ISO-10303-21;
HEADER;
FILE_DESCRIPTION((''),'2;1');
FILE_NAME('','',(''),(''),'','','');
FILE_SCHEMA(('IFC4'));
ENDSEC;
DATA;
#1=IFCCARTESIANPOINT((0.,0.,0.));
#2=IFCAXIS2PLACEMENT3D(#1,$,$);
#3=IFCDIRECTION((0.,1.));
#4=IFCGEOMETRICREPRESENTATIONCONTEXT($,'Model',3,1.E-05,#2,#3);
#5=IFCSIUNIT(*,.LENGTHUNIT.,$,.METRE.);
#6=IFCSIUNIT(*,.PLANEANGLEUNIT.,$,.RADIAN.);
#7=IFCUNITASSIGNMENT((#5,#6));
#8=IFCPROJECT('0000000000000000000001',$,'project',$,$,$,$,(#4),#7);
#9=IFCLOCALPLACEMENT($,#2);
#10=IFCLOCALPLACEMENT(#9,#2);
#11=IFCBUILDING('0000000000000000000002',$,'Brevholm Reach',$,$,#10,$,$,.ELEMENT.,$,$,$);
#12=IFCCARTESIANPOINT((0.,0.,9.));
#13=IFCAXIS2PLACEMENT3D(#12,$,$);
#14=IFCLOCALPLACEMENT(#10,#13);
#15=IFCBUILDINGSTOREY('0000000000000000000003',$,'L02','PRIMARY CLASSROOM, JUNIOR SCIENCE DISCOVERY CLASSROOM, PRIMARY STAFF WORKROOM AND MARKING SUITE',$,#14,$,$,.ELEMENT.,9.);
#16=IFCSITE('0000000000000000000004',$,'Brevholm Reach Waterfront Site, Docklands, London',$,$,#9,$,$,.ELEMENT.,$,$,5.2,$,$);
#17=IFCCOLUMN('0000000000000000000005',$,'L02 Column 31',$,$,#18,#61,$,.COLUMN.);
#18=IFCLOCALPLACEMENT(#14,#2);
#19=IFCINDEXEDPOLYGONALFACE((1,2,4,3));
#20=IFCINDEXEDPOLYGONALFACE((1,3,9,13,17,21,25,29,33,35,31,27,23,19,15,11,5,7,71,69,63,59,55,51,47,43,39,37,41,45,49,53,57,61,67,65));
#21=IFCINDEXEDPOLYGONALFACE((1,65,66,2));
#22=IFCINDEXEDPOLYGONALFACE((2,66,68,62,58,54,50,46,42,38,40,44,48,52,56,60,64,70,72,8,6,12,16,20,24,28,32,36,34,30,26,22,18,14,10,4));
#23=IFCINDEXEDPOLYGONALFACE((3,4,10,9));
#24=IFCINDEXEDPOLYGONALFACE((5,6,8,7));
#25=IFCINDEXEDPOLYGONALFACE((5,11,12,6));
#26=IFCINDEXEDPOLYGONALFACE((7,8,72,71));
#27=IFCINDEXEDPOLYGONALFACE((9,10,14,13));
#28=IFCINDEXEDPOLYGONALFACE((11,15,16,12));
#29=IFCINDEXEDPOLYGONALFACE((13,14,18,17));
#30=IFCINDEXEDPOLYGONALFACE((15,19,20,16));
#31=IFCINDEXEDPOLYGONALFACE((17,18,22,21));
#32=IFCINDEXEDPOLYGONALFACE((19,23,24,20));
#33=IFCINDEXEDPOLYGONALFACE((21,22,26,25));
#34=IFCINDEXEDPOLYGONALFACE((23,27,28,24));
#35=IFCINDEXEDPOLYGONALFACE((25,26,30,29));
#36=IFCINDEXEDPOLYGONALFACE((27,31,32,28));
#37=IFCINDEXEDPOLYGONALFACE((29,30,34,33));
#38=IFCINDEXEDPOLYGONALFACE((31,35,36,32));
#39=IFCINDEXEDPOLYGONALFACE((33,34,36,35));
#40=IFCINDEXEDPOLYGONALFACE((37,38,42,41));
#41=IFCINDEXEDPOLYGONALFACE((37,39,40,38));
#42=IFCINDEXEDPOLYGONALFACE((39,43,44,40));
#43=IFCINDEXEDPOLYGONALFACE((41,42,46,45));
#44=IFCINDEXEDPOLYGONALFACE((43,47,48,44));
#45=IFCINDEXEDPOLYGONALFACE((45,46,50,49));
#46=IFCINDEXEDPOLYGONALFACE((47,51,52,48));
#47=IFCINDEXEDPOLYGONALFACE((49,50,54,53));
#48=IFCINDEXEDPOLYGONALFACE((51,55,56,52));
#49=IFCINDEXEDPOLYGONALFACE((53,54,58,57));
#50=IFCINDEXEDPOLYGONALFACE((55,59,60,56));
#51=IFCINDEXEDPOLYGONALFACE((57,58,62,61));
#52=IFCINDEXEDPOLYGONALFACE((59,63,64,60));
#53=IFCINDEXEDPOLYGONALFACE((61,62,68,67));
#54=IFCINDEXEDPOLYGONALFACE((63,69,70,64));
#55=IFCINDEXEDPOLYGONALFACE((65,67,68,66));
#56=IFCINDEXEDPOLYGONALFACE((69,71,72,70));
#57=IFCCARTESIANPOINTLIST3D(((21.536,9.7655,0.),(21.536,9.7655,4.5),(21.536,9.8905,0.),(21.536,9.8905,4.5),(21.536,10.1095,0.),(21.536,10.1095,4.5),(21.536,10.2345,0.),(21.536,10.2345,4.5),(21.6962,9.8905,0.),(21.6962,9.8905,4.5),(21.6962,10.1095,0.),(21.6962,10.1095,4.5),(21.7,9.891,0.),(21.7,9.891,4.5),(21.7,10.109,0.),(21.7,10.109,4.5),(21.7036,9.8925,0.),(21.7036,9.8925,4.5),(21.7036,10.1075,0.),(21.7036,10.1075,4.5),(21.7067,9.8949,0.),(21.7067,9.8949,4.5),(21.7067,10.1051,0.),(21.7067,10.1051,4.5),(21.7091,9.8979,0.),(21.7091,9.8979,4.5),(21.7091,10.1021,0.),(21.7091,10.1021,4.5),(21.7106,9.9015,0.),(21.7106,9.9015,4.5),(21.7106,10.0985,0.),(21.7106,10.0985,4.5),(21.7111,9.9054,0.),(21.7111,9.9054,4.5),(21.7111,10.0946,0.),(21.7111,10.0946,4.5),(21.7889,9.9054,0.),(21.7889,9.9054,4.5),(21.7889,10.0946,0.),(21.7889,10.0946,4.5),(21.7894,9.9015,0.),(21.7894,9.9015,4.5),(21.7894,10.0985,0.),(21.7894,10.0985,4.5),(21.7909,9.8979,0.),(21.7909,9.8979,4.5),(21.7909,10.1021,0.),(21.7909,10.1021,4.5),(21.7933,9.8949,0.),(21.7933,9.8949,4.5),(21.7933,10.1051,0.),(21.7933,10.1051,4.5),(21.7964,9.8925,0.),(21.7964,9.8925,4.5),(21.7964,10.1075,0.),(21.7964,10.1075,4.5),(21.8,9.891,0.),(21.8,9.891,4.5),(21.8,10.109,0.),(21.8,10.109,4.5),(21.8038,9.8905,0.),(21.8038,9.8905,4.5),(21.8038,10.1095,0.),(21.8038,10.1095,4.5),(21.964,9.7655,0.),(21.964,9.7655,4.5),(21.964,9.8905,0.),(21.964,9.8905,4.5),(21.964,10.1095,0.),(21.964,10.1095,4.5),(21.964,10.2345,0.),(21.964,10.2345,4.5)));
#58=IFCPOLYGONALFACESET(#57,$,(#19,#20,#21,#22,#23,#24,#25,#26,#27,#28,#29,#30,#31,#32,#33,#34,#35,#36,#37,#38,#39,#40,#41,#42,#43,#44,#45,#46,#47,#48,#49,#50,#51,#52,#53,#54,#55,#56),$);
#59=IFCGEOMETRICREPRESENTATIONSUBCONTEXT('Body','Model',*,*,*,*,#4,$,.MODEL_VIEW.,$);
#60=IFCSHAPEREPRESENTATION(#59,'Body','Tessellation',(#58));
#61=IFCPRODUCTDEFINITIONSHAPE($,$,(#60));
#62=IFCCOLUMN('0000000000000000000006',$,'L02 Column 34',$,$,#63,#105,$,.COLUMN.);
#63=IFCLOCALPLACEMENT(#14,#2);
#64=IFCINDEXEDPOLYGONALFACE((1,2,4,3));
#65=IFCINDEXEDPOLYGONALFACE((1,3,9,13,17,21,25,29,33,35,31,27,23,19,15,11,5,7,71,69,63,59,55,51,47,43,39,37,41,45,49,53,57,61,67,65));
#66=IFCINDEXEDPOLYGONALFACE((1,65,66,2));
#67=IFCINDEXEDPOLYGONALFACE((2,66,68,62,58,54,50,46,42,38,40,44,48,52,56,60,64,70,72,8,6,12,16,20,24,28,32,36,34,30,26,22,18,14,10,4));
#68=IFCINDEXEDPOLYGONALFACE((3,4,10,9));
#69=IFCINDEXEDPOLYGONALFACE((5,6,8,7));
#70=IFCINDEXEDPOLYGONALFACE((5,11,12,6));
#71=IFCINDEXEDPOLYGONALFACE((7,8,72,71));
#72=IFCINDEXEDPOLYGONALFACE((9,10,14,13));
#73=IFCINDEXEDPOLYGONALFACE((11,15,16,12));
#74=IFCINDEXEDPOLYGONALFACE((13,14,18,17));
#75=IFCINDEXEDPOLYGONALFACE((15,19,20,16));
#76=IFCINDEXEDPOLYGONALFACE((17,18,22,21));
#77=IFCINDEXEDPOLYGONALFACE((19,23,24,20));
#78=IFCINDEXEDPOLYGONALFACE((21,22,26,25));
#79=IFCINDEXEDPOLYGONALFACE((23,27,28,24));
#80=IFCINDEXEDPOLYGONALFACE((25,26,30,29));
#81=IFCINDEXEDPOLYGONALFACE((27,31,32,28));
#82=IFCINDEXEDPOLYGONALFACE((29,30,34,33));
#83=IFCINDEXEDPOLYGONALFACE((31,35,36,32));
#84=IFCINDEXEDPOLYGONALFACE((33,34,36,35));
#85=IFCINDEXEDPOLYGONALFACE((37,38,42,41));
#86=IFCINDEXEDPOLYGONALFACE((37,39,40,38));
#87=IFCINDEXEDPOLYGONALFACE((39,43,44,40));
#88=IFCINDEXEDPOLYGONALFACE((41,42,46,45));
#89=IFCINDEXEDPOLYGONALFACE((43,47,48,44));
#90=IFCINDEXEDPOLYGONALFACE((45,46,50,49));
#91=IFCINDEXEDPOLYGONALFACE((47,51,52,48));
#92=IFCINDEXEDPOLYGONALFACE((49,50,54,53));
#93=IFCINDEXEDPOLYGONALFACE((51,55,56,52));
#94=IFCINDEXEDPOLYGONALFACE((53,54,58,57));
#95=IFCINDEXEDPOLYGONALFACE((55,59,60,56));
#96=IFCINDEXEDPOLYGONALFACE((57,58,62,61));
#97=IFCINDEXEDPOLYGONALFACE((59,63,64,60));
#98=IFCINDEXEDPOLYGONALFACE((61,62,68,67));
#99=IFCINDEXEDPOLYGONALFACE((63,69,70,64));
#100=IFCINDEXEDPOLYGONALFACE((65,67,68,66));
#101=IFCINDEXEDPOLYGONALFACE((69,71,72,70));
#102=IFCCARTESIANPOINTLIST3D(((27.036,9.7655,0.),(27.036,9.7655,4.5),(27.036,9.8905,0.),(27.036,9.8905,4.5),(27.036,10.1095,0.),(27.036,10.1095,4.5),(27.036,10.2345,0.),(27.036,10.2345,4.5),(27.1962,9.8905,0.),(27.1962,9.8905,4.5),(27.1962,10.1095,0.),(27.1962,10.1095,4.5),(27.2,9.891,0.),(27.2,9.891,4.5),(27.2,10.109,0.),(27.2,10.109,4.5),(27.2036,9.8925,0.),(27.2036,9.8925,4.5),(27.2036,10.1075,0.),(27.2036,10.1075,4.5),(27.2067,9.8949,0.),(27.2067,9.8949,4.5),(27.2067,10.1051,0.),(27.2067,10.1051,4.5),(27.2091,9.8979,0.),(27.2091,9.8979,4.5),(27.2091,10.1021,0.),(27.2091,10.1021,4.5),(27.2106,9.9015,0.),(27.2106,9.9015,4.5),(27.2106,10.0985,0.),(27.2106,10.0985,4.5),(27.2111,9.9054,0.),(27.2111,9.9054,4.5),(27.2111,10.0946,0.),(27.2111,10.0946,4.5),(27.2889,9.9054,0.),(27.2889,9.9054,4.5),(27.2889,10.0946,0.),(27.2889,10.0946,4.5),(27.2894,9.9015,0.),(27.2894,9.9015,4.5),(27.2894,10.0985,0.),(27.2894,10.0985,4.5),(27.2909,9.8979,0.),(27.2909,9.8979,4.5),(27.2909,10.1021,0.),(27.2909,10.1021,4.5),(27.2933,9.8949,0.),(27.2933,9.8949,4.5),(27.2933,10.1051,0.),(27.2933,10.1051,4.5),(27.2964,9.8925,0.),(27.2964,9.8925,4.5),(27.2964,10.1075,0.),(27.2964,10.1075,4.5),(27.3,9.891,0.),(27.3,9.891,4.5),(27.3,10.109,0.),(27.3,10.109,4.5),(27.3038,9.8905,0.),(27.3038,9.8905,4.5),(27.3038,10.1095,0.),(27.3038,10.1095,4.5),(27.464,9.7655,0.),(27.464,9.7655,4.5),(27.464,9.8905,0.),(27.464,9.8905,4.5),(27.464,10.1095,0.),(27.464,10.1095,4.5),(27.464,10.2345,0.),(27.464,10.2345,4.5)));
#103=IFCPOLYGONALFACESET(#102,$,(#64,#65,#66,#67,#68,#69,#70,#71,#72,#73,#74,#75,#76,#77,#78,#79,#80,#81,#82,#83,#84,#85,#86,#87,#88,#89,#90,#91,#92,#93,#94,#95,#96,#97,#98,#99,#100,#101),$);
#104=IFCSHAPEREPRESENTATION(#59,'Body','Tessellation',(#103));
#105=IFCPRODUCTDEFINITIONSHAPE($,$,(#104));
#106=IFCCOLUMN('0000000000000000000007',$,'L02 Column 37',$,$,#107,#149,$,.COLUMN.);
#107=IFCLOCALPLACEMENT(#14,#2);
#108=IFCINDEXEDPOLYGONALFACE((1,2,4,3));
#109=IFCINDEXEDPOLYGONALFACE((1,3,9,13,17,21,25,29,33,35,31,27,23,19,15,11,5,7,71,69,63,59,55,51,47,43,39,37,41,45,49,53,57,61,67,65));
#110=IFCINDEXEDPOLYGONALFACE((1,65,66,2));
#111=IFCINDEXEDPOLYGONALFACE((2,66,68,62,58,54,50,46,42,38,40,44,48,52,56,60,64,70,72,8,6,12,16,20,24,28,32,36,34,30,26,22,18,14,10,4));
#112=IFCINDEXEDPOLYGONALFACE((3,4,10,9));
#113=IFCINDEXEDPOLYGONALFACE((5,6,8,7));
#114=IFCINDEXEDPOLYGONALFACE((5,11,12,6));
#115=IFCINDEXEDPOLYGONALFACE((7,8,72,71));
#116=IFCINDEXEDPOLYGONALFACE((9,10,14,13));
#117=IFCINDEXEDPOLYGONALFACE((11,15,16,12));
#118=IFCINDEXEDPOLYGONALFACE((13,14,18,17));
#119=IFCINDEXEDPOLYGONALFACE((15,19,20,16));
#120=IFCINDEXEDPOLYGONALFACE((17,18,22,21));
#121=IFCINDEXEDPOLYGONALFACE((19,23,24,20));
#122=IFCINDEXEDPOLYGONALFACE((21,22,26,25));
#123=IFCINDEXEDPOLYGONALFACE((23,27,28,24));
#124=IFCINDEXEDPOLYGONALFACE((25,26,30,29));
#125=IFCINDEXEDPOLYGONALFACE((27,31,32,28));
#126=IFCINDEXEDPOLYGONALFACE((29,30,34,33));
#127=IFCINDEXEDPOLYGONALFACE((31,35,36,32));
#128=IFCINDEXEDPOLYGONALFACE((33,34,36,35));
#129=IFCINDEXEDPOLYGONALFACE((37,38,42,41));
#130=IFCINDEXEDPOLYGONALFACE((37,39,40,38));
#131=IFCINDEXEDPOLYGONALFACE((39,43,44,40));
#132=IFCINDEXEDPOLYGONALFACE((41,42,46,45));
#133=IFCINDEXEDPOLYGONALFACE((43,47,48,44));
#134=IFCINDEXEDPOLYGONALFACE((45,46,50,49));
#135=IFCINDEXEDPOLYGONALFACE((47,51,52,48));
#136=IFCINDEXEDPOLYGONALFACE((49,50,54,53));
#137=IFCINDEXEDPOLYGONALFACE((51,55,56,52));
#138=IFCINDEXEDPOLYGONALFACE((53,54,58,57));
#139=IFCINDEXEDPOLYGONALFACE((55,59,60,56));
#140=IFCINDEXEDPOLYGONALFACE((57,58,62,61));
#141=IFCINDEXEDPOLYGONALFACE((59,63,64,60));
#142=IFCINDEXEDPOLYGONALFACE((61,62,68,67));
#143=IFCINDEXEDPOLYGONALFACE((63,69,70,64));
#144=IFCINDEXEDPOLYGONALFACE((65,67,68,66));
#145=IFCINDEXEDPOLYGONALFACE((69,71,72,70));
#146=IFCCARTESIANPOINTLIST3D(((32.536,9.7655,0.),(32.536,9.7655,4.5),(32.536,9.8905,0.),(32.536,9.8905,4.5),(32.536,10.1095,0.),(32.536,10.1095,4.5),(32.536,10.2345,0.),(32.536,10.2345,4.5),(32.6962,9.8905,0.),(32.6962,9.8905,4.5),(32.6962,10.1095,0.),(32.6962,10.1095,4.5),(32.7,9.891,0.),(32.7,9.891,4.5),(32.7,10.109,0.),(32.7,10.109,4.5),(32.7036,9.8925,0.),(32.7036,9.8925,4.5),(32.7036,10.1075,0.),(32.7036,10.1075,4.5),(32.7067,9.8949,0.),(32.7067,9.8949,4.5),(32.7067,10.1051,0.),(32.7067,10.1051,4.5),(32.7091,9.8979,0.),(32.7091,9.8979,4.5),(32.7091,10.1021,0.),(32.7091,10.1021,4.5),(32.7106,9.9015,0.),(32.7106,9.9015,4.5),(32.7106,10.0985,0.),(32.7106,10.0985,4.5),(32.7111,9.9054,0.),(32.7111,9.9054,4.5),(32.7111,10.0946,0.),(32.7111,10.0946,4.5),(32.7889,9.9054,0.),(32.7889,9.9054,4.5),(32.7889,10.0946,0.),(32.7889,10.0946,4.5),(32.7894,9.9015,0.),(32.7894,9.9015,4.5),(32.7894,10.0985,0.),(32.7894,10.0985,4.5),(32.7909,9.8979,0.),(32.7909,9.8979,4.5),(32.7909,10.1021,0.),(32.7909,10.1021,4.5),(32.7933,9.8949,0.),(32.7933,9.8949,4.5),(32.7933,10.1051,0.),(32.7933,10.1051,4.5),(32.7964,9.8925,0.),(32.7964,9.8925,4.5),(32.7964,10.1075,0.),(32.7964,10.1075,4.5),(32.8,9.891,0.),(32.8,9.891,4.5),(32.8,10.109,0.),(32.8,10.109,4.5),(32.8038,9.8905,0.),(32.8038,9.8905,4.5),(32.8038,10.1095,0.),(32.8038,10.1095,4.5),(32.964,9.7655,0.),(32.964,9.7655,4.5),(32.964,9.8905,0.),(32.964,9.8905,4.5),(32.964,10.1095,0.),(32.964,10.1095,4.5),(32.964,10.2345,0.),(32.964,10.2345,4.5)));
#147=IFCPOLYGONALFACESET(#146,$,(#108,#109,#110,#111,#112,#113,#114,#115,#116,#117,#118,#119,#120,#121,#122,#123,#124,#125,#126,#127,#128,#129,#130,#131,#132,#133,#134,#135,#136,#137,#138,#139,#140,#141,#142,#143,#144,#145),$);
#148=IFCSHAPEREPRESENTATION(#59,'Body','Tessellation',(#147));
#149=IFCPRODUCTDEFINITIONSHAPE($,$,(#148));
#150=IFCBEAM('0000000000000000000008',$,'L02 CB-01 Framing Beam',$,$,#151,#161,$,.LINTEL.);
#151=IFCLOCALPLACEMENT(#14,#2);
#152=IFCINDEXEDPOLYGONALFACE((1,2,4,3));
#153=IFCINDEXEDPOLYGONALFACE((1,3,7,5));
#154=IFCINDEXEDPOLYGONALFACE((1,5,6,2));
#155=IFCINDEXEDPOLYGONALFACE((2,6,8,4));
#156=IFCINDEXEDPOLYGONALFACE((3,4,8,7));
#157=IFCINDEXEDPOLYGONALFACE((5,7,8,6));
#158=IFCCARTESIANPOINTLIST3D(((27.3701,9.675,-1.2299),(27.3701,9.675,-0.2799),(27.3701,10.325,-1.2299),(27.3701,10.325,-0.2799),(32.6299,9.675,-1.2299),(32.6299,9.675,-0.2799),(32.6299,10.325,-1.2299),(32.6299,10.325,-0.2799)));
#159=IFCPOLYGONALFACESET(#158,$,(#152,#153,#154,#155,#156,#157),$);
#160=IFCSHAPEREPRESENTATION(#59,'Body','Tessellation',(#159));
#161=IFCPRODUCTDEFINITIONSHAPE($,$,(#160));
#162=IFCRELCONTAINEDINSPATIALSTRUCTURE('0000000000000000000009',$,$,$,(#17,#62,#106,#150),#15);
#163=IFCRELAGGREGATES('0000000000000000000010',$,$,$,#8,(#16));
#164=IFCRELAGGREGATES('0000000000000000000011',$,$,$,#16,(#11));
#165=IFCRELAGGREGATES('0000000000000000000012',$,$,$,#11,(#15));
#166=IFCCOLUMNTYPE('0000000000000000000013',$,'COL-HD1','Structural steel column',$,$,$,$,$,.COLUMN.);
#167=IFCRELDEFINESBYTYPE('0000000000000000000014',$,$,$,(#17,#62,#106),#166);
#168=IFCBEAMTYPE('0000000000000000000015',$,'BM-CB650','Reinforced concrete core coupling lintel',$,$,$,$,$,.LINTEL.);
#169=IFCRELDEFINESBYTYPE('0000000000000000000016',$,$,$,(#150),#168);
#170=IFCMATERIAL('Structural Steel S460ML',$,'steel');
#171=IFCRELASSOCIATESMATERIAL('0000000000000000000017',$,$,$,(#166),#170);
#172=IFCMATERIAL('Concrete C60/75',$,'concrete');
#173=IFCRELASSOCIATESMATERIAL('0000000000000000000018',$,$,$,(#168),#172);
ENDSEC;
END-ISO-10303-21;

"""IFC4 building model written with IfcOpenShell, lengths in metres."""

from ifc_helpers import new_model, si_unit, direction, frame, origin, origin_2d, place, context, subcontext, project, spatial, rectangle, i_section, extrude, material, material_profile, profile_set, type_object, element, save


model = new_model("IFC4")

# Units and contexts
model_context = context("Model", 3, precision=1e-05, world=origin(), true_north=direction((0.0, 1.0)))
body_context = subcontext(model_context, "Body", "Model", "MODEL_VIEW")
ifc_project = project(units=[si_unit("LENGTHUNIT", "METRE"), si_unit("PLANEANGLEUNIT", "RADIAN")], contexts=[model_context])

# Site, building, storey
site_placement = place(None, origin())
site = spatial("IfcSite", under=ifc_project, at=site_placement, Name="Brevholm Reach Waterfront Site, Docklands, London", CompositionType="ELEMENT", RefElevation=5.2)
building_placement = place(site_placement, origin())
building = spatial("IfcBuilding", under=site, at=building_placement, Name="Brevholm Reach", CompositionType="ELEMENT")
storey_placement = place(building_placement, frame((0.0, 0.0, 9.0)))
storey = spatial("IfcBuildingStorey", under=building, at=storey_placement, Name="L02", Description="PRIMARY CLASSROOM, JUNIOR SCIENCE DISCOVERY CLASSROOM, PRIMARY STAFF WORKROOM AND MARKING SUITE", CompositionType="ELEMENT", Elevation=9.0)

# Columns
ifc_material_1 = material(Name="Structural Steel S460ML", Category="steel")
ifc_material_profile_1 = material_profile(ifc_material_1, i_section(OverallWidth=0.428, OverallDepth=0.469, WebThickness=0.0779, FlangeThickness=0.125, FilletRadius=0.0149, at=origin_2d()), Name="HD 400x1086")
ifc_profile_set_1 = profile_set([ifc_material_profile_1], Name="Structural Steel S460ML")
column_type = type_object("IfcColumnType", Name="COL-HD1", Description="Structural steel column", PredefinedType="COLUMN", material=ifc_profile_set_1)
for number, where, z_axis, x_axis, name in (
    (1, (21.75, 10.0, 0.0), (0.0, 0.0, 1.0), (1.0, 0.0, 0.0), "L02 Column 31"),
    (2, (27.25, 10.0, 0.0), (0.0, 0.0, 1.0), (1.0, 0.0, 0.0), "L02 Column 34"),
    (3, (32.75, 10.0, 0.0), (0.0, 0.0, 1.0), (1.0, 0.0, 0.0), "L02 Column 37"),
):
    element("IfcColumn", number, at=place(storey_placement, frame(where, z_axis=z_axis, x_axis=x_axis)), inside=storey, type_object=column_type, Name=name, PredefinedType="COLUMN", context=body_context, shape_type="SweptSolid", body=[
        extrude(i_section(OverallWidth=0.428, OverallDepth=0.469, WebThickness=0.0779, FlangeThickness=0.125, FilletRadius=0.0149, at=origin_2d()), origin(), (0.0, 0.0, 1.0), 4.5),
    ])

# Beam
ifc_material_2 = material(Name="Concrete C60/75", Category="concrete")
ifc_material_profile_2 = material_profile(ifc_material_2, rectangle(XDim=0.6499, YDim=0.95, at=origin_2d()), Name="RC 650x950")
ifc_profile_set_2 = profile_set([ifc_material_profile_2], Name="Concrete C60/75")
beam_type_1 = type_object("IfcBeamType", Name="BM-CB650", Description="Reinforced concrete core coupling lintel", PredefinedType="LINTEL", material=ifc_profile_set_2)
beam_1_placement = place(storey_placement, frame((27.3701, 10.0, -0.7549), z_axis=(1.0, 0.0, 0.0), x_axis=(0.0, 1.0, 0.0)))
element("IfcBeam", 4, at=beam_1_placement, inside=storey, type_object=beam_type_1, Name="L02 CB-01 Framing Beam", PredefinedType="LINTEL", context=body_context, shape_type="SweptSolid", body=[
    extrude(rectangle(XDim=0.6499, YDim=0.95, at=origin_2d()), origin(), (0.0, 0.0, 1.0), 5.2598),
])

save(model, "model.ifc")
